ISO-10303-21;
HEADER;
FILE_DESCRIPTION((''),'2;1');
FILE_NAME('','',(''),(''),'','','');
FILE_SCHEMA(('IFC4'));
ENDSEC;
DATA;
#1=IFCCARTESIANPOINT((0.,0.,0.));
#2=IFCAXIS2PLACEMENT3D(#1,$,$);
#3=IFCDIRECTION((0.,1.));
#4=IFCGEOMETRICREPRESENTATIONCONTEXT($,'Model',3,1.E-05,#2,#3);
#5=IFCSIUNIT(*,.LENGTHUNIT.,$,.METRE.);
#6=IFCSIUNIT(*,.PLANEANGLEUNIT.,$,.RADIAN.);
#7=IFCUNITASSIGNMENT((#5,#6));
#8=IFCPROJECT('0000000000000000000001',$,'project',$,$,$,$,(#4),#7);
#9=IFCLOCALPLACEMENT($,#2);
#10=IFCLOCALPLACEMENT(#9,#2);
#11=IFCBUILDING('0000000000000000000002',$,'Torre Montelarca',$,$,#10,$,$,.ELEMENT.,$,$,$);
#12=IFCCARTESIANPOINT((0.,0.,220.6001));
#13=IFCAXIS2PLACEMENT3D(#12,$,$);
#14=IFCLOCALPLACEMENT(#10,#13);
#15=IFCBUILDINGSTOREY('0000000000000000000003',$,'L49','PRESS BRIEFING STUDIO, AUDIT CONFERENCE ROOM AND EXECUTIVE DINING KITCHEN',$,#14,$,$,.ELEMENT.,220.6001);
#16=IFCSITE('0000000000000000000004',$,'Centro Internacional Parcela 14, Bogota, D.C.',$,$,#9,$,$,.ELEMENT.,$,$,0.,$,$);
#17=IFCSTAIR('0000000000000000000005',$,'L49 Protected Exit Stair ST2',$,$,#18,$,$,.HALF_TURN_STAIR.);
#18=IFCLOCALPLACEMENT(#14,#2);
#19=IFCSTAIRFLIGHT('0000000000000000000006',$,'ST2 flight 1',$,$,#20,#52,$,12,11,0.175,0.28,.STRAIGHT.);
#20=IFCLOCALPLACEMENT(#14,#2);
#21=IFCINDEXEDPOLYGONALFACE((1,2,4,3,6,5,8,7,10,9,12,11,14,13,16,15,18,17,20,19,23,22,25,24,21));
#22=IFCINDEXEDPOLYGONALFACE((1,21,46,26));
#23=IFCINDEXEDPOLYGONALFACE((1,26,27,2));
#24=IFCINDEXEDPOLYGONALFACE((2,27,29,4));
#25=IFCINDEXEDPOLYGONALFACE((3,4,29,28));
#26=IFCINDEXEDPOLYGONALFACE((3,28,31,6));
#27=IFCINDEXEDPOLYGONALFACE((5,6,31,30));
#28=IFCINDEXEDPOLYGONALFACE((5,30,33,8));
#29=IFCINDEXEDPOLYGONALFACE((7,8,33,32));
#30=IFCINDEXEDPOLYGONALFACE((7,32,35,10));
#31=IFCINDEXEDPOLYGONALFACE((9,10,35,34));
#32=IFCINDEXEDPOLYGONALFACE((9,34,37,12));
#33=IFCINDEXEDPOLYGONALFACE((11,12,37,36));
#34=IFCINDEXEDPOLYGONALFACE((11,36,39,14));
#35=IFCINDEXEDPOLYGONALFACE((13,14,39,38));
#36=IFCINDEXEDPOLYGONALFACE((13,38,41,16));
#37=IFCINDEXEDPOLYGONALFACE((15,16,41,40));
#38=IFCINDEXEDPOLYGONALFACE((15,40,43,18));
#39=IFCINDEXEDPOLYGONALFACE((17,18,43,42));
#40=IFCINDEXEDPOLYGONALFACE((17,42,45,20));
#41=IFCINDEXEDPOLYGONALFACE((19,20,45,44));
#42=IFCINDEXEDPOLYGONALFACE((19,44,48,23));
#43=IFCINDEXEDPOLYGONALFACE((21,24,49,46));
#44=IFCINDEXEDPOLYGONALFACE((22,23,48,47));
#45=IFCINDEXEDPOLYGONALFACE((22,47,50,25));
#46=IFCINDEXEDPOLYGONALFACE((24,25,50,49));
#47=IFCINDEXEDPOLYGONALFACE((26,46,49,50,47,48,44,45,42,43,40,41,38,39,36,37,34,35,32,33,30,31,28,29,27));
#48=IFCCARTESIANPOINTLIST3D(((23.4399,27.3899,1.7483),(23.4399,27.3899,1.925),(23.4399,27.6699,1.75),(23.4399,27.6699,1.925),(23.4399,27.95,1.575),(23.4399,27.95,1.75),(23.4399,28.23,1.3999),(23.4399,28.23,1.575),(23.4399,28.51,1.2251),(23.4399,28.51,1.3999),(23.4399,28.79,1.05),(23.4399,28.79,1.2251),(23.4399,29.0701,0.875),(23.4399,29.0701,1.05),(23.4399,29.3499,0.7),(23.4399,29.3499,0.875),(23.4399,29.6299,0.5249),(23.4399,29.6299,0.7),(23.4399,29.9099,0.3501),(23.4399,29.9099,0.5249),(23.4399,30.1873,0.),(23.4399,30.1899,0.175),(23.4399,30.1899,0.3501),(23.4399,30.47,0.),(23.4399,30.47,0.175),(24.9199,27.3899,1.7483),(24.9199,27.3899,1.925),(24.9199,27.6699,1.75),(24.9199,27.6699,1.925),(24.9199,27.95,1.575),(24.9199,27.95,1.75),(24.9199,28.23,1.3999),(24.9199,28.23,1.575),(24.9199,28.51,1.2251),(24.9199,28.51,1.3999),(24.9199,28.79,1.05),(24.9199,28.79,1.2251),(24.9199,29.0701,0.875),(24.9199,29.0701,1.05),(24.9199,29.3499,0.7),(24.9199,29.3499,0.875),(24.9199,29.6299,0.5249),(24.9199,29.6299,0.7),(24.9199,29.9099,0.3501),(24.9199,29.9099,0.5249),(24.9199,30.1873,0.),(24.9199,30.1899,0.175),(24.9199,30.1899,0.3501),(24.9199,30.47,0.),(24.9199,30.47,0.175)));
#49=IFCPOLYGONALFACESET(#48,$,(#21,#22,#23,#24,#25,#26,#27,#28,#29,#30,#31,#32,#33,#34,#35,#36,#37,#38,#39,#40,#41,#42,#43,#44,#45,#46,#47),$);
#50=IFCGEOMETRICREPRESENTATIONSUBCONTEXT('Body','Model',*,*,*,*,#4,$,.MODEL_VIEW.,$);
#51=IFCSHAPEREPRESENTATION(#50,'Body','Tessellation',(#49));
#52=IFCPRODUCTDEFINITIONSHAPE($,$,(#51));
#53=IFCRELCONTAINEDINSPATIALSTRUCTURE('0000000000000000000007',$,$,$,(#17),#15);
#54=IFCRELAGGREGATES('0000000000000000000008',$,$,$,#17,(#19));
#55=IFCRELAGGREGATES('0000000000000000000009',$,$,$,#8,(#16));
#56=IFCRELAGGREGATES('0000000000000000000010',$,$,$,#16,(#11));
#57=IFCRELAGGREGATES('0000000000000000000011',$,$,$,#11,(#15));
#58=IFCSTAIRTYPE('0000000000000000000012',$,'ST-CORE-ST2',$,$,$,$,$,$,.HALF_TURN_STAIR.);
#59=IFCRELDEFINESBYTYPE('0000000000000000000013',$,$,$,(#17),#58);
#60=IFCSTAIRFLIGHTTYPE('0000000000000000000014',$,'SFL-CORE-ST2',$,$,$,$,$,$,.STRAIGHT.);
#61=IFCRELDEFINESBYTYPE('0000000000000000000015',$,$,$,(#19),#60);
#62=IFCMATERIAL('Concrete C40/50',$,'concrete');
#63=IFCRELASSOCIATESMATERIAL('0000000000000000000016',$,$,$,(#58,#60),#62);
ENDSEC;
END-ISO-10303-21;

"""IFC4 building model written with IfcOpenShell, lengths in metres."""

from ifc_helpers import new_model, si_unit, direction, frame, origin, place, context, subcontext, project, spatial, polyline, outline, extrude, material, type_object, element, aggregate, save


model = new_model("IFC4")

# Units and contexts
model_context = context("Model", 3, precision=1e-05, world=origin(), true_north=direction((0.0, 1.0)))
body_context = subcontext(model_context, "Body", "Model", "MODEL_VIEW")
ifc_project = project(units=[si_unit("LENGTHUNIT", "METRE"), si_unit("PLANEANGLEUNIT", "RADIAN")], contexts=[model_context])

# Site, building, storey
site_placement = place(None, origin())
site = spatial("IfcSite", under=ifc_project, at=site_placement, Name="Centro Internacional Parcela 14, Bogota, D.C.", CompositionType="ELEMENT", RefElevation=0.0)
building_placement = place(site_placement, origin())
building = spatial("IfcBuilding", under=site, at=building_placement, Name="Torre Montelarca", CompositionType="ELEMENT")
storey_placement = place(building_placement, frame((0.0, 0.0, 220.6001)))
storey = spatial("IfcBuildingStorey", under=building, at=storey_placement, Name="L49", Description="PRESS BRIEFING STUDIO, AUDIT CONFERENCE ROOM AND EXECUTIVE DINING KITCHEN", CompositionType="ELEMENT", Elevation=220.6001)

# Shared definitions
ifc_material_1 = material(Name="Concrete C40/50", Category="concrete")

# Stair, stair flight
stair_type = type_object("IfcStairType", Name="ST-CORE-ST2", PredefinedType="HALF_TURN_STAIR", material=ifc_material_1)
stair_placement = place(storey_placement, origin())
stair = element("IfcStair", 1, at=stair_placement, inside=storey, type_object=stair_type, Name="L49 Protected Exit Stair ST2", PredefinedType="HALF_TURN_STAIR")
stair_flight_type = type_object("IfcStairFlightType", Name="SFL-CORE-ST2", PredefinedType="STRAIGHT", material=ifc_material_1)
stair_flight_placement = place(storey_placement, frame((24.1799, 30.47, 0.0), z_axis=(0.0, 0.0, 1.0), x_axis=(0.0, -1.0, 0.0)))
stair_flight = element("IfcStairFlight", 2, at=stair_flight_placement, type_object=stair_flight_type, Name="ST2 flight 1", NumberOfRisers=12, NumberOfTreads=11, PredefinedType="STRAIGHT", RiserHeight=0.175, TreadLength=0.28, context=body_context, shape_type="SweptSolid", body=[
    extrude(outline(polyline([(0.0, 0.0), (0.0, 0.175), (0.28, 0.175), (0.28, 0.3501), (0.5601, 0.3501), (0.5601, 0.5249), (0.8401, 0.5249), (0.8401, 0.7), (1.1201, 0.7), (1.1201, 0.875), (1.3999, 0.875), (1.3999, 1.05), (1.6799, 1.05), (1.6799, 1.2251), (1.96, 1.2251), (1.96, 1.3999), (2.24, 1.3999), (2.24, 1.575), (2.52, 1.575), (2.52, 1.75), (2.8, 1.75), (2.8, 1.925), (3.0801, 1.925), (3.0801, 2.1001), (3.0801, 1.7483), (0.2827, 0.0), (0.0, 0.0)])), frame((0.0, 0.74, 0.0), z_axis=(0.0, -1.0, 0.0), x_axis=(1.0, 0.0, 0.0)), (0.0, 0.0, 1.0), 1.48),
])
aggregate(stair, [stair_flight])

save(model, "model.ifc")
